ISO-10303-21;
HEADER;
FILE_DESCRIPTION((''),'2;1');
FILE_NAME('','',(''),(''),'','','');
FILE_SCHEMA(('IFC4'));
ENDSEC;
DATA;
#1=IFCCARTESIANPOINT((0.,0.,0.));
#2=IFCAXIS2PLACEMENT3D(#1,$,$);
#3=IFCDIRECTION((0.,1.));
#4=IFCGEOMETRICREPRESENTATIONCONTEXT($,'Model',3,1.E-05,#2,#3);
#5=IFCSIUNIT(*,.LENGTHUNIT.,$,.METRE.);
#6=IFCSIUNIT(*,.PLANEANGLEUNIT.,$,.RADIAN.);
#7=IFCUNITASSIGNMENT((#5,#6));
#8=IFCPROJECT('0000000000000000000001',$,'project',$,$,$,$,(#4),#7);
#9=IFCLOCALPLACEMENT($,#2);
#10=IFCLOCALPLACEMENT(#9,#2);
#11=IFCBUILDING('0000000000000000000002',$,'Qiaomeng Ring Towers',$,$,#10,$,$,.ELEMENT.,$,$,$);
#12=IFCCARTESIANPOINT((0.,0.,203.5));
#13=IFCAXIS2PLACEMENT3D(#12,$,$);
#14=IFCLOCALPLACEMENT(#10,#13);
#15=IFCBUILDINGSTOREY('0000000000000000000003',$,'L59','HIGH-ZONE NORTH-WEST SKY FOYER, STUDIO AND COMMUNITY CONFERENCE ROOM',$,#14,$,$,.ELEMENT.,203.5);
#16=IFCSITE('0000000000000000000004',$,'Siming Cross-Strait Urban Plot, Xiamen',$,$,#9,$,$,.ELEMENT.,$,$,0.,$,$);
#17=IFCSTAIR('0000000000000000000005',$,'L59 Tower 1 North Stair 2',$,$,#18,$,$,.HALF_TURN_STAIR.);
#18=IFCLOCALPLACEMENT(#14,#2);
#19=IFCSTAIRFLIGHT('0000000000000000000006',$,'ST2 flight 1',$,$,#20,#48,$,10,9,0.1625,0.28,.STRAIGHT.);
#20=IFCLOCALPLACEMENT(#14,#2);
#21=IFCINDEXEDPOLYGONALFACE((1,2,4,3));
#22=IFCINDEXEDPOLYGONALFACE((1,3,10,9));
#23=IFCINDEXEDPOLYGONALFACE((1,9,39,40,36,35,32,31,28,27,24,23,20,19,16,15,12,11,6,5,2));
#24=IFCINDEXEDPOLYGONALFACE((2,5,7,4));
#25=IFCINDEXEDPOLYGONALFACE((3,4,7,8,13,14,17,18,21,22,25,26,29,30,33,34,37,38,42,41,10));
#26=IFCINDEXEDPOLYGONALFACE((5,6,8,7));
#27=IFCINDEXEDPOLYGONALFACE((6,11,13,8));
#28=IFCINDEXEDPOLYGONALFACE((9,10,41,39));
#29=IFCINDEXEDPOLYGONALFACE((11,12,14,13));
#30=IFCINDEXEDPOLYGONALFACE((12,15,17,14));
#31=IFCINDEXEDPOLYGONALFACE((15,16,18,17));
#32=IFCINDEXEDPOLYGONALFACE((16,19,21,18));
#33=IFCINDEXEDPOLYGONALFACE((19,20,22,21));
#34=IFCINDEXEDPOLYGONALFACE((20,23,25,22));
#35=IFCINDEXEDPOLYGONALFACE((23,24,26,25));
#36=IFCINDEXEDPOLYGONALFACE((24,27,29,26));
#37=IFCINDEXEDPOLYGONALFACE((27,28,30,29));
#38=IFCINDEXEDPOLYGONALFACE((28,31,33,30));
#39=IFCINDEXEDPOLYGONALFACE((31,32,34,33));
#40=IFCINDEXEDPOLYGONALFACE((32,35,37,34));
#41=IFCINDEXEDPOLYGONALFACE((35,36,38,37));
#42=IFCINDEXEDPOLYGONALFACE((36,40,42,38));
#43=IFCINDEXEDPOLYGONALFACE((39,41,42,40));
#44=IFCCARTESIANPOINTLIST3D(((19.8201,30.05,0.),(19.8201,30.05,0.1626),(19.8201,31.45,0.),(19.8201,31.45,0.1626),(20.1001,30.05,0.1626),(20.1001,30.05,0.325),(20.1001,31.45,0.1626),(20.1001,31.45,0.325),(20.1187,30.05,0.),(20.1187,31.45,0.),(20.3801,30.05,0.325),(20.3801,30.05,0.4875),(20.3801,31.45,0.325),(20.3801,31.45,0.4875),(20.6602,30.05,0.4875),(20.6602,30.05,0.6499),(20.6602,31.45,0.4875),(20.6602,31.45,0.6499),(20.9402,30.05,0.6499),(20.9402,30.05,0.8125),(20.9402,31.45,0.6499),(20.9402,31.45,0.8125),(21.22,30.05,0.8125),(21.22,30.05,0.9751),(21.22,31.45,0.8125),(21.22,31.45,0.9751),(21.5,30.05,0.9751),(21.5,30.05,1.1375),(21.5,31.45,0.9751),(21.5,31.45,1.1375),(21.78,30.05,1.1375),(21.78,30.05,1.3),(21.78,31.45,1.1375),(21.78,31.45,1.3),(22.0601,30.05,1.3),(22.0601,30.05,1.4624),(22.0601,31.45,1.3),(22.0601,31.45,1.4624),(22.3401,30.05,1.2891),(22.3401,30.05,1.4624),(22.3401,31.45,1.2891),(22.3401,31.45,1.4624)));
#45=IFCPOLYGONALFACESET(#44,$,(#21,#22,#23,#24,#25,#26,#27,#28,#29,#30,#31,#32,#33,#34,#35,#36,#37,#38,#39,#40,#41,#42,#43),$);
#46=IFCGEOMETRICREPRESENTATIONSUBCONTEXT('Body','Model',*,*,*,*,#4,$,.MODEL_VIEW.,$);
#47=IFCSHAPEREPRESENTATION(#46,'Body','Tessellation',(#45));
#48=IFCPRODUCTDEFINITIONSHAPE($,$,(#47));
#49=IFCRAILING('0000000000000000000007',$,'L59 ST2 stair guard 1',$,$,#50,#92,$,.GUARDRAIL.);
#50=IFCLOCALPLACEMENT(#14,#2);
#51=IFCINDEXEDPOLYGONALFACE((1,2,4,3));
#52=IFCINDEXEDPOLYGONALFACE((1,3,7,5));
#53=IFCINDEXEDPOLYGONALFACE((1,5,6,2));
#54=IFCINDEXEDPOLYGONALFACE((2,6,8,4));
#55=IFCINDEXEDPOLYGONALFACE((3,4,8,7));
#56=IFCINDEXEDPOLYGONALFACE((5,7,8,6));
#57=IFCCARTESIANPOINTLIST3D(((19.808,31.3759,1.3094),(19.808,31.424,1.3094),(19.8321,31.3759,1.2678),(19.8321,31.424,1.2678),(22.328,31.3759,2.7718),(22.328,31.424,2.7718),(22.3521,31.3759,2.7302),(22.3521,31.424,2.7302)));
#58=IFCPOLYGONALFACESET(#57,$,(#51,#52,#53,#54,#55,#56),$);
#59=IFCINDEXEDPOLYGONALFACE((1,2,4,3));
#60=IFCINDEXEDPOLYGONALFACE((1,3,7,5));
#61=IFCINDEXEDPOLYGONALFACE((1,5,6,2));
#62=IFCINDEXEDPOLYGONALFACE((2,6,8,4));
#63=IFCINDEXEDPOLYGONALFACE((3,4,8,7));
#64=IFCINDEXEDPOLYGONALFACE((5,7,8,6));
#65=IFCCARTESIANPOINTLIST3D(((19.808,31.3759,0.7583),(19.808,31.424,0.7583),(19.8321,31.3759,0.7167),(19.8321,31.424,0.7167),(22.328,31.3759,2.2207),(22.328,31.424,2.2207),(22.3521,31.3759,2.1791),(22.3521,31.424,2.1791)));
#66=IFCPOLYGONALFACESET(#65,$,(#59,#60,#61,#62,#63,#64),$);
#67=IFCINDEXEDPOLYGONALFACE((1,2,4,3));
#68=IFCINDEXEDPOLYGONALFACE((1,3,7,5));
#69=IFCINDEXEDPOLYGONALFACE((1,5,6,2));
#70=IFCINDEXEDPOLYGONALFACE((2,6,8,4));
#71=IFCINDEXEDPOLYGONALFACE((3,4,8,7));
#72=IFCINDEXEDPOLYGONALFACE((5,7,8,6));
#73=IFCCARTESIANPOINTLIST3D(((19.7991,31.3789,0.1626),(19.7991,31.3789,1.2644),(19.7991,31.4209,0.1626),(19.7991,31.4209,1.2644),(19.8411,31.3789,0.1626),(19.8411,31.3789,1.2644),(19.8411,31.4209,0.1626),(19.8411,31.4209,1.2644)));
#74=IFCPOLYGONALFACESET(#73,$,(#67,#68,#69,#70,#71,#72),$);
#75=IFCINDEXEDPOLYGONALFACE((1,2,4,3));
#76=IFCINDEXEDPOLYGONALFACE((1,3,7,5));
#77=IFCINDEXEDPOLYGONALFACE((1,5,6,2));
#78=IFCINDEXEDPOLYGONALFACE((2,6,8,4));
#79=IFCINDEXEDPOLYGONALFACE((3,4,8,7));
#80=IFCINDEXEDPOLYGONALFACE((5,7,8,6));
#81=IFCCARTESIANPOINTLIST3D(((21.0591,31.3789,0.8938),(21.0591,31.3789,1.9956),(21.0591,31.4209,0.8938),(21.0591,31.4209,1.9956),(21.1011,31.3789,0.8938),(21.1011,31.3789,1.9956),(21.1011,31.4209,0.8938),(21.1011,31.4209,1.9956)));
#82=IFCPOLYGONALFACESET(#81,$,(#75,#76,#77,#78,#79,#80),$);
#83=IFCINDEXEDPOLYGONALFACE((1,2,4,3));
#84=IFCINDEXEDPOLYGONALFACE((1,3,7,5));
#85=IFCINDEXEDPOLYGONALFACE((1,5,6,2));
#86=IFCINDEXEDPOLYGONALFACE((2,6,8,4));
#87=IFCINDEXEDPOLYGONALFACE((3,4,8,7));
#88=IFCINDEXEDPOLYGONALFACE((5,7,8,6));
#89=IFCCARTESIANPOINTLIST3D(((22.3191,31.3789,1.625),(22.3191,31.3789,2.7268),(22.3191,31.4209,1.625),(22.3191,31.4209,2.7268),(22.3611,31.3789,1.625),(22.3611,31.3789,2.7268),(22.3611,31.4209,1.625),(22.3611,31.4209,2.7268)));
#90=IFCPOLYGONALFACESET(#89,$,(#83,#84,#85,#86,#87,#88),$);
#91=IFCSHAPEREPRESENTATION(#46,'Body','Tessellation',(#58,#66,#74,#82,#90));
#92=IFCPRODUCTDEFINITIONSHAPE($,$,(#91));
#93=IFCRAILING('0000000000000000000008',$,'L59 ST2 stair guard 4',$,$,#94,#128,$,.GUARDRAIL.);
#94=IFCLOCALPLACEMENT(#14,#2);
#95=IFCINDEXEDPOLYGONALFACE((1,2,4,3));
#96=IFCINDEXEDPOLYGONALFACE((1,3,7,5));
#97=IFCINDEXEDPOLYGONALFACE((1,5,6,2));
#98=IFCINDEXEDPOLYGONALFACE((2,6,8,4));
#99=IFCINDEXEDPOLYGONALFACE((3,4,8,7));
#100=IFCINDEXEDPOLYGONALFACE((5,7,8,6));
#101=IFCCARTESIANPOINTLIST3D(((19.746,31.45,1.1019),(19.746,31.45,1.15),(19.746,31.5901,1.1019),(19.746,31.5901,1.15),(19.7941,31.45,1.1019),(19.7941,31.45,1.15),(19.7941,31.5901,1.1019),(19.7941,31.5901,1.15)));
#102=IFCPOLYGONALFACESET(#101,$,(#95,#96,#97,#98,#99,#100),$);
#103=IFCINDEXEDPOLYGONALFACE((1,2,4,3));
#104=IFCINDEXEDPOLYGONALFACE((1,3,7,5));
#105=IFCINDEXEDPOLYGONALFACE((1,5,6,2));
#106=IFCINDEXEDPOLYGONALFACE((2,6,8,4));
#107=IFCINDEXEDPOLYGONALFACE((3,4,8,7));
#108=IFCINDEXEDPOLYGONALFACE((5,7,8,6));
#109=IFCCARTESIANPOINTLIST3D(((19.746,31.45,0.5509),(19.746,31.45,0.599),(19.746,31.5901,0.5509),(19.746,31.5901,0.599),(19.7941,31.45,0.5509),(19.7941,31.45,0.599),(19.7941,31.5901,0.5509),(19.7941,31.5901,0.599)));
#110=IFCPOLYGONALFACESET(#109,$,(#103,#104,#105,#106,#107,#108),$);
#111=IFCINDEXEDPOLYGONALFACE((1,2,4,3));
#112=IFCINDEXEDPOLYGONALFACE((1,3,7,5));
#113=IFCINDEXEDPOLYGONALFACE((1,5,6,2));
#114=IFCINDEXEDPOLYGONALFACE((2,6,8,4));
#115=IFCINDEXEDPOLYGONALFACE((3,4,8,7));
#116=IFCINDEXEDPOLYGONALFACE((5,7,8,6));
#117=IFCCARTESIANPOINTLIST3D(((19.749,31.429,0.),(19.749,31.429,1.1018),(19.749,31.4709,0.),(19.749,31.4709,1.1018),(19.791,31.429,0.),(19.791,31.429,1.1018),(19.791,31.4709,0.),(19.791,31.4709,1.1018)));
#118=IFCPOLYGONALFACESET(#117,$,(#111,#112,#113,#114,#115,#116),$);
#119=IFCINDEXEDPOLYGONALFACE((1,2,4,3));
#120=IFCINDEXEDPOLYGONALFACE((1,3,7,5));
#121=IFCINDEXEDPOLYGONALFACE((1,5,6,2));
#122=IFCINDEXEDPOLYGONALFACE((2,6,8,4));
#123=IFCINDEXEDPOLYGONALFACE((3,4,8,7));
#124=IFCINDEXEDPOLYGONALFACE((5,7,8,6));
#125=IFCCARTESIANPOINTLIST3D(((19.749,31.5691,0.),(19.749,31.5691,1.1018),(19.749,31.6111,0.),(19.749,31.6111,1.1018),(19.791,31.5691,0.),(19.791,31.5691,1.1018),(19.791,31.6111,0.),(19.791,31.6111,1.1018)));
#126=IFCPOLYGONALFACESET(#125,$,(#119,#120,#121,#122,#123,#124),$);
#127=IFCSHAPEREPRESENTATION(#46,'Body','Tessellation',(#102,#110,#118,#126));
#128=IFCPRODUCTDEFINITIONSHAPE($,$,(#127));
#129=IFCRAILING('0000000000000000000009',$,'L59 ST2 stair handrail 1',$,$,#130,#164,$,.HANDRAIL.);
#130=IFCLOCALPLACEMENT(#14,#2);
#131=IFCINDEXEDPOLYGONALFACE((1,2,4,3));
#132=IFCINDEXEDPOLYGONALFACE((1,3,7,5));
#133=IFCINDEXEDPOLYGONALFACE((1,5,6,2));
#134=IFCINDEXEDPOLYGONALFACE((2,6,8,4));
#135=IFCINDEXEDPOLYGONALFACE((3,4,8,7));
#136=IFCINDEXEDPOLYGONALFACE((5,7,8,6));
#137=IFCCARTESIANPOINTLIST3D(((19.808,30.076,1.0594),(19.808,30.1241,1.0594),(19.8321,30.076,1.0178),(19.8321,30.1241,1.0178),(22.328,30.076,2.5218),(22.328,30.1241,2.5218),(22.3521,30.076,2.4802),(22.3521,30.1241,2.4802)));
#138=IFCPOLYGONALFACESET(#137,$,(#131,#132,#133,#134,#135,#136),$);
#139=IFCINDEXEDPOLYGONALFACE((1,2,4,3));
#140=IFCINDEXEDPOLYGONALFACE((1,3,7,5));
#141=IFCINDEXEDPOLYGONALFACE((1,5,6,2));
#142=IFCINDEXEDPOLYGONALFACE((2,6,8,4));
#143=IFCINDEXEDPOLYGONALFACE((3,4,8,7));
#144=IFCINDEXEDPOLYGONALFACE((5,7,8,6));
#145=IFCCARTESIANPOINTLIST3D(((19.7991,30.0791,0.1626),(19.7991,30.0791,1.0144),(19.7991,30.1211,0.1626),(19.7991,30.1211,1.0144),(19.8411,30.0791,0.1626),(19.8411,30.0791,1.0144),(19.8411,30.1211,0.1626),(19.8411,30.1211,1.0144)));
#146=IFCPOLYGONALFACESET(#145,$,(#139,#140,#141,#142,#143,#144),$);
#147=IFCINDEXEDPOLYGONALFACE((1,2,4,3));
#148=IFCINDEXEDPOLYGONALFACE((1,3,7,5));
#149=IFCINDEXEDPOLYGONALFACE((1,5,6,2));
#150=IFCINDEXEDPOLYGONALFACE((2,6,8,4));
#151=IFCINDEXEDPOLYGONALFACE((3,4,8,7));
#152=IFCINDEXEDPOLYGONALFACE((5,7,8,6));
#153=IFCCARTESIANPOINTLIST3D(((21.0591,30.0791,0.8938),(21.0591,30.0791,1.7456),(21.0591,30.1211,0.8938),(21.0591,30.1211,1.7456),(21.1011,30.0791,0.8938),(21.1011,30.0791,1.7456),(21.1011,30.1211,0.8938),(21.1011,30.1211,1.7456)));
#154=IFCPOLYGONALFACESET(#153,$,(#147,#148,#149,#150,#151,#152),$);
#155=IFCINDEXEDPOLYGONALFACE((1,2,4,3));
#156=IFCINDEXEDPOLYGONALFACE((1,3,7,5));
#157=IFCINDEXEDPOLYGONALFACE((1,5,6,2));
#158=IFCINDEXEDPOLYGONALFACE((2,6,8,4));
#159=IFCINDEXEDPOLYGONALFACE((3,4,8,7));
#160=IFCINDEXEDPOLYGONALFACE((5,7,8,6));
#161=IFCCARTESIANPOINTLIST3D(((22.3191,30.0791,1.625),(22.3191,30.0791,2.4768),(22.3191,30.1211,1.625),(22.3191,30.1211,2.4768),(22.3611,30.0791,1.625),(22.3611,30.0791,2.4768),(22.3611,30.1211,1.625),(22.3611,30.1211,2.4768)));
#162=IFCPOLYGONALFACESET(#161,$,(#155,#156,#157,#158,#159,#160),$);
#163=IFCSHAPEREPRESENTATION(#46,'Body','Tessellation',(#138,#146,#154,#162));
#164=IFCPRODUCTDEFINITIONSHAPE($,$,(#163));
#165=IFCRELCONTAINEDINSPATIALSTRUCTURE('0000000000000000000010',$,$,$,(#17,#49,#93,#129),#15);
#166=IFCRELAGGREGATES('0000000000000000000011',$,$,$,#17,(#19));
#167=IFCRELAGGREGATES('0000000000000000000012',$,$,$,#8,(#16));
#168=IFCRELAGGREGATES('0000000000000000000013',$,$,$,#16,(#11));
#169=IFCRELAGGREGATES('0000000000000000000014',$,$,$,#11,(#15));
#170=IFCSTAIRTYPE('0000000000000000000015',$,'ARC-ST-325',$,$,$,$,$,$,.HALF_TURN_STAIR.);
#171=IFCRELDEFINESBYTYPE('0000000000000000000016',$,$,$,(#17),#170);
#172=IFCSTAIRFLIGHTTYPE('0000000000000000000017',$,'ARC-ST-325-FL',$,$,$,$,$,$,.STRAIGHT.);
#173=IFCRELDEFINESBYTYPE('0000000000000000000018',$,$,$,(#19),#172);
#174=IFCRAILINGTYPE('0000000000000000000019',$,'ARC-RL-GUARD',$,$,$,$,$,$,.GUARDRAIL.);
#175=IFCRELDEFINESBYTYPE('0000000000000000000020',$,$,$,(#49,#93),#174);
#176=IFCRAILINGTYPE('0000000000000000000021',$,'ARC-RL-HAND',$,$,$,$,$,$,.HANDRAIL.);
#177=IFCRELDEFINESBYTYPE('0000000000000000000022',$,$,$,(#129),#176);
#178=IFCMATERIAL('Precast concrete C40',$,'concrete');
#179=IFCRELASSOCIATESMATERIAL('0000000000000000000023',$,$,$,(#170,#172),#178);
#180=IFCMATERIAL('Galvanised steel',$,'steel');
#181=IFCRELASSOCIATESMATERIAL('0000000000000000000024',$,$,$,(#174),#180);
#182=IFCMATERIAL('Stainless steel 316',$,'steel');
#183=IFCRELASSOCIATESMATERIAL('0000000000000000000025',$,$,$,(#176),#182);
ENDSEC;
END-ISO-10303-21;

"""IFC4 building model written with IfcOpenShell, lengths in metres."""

from ifc_helpers import new_model, si_unit, direction, frame, origin, origin_2d, place, context, subcontext, project, spatial, polyline, rectangle, outline, extrude, source, transform, mapped, material, type_object, element, aggregate, save


model = new_model("IFC4")

# Units and contexts
model_context = context("Model", 3, precision=1e-05, world=origin(), true_north=direction((0.0, 1.0)))
body_context = subcontext(model_context, "Body", "Model", "MODEL_VIEW")
ifc_project = project(units=[si_unit("LENGTHUNIT", "METRE"), si_unit("PLANEANGLEUNIT", "RADIAN")], contexts=[model_context])

# Site, building, storey
site_placement = place(None, origin())
site = spatial("IfcSite", under=ifc_project, at=site_placement, Name="Siming Cross-Strait Urban Plot, Xiamen", CompositionType="ELEMENT", RefElevation=0.0)
building_placement = place(site_placement, origin())
building = spatial("IfcBuilding", under=site, at=building_placement, Name="Qiaomeng Ring Towers", CompositionType="ELEMENT")
storey_placement = place(building_placement, frame((0.0, 0.0, 203.5)))
storey = spatial("IfcBuildingStorey", under=building, at=storey_placement, Name="L59", Description="HIGH-ZONE NORTH-WEST SKY FOYER, STUDIO AND COMMUNITY CONFERENCE ROOM", CompositionType="ELEMENT", Elevation=203.5)

# Stair, stair flight
ifc_material_1 = material(Name="Precast concrete C40", Category="concrete")
stair_type = type_object("IfcStairType", Name="ARC-ST-325", PredefinedType="HALF_TURN_STAIR", material=ifc_material_1)
stair_placement = place(storey_placement, origin())
stair = element("IfcStair", 1, at=stair_placement, inside=storey, type_object=stair_type, Name="L59 Tower 1 North Stair 2", PredefinedType="HALF_TURN_STAIR")
stair_flight_type = type_object("IfcStairFlightType", Name="ARC-ST-325-FL", PredefinedType="STRAIGHT", material=ifc_material_1)
shared_shape_1 = source(origin(), body_context, "Body", "SweptSolid", [
    extrude(outline(polyline([(0.0, 0.0), (0.0, 0.1626), (0.28, 0.1626), (0.28, 0.325), (0.5601, 0.325), (0.5601, 0.4875), (0.8401, 0.4875), (0.8401, 0.6499), (1.1201, 0.6499), (1.1201, 0.8125), (1.3999, 0.8125), (1.3999, 0.9751), (1.6799, 0.9751), (1.6799, 1.1375), (1.96, 1.1375), (1.96, 1.3), (2.24, 1.3), (2.24, 1.4624), (2.52, 1.4624), (2.52, 1.625), (2.52, 1.2891), (0.2986, 0.0), (0.0, 0.0)])), frame((0.0, 0.7, 0.0), z_axis=(0.0, -1.0, 0.0), x_axis=(1.0, 0.0, 0.0)), (0.0, 0.0, 1.0), 1.3999),
])
stair_flight_placement = place(storey_placement, frame((19.8201, 30.75, 0.0), z_axis=(0.0, 0.0, 1.0), x_axis=(1.0, 0.0, 0.0)))
stair_flight = element("IfcStairFlight", 2, at=stair_flight_placement, type_object=stair_flight_type, Name="ST2 flight 1", NumberOfRisers=10, NumberOfTreads=9, PredefinedType="STRAIGHT", RiserHeight=0.1625, TreadLength=0.28, context=body_context, shape_type="MappedRepresentation", body=[
    mapped(shared_shape_1, transform((0.0, 0.0, 0.0), x_axis=(1.0, 0.0, 0.0), y_axis=(0.0, 1.0, 0.0), z_axis=(0.0, 0.0, 1.0), scale=1.0)),
])
aggregate(stair, [stair_flight])

# Railings
ifc_material_2 = material(Name="Galvanised steel", Category="steel")
railing_type_1 = type_object("IfcRailingType", Name="ARC-RL-GUARD", PredefinedType="GUARDRAIL", material=ifc_material_2)
railing_1_placement = place(storey_placement, frame((19.8201, 31.3999, 0.1626)))
element("IfcRailing", 3, at=railing_1_placement, inside=storey, type_object=railing_type_1, Name="L59 ST2 stair guard 1", PredefinedType="GUARDRAIL", context=body_context, shape_type="SweptSolid", body=[
    extrude(rectangle(XDim=0.0481, YDim=0.0481, at=origin_2d()), frame((0.0, 0.0, 1.126), z_axis=(0.864913, 0.0, 0.501921), x_axis=(0.0, 1.0, 0.0)), (0.0, 0.0, 1.0), 2.9136),
    extrude(rectangle(XDim=0.0481, YDim=0.0481, at=origin_2d()), frame((0.0, 0.0, 0.575), z_axis=(0.864913, 0.0, 0.501921), x_axis=(0.0, 1.0, 0.0)), (0.0, 0.0, 1.0), 2.9136),
    extrude(rectangle(XDim=0.042, YDim=0.042, at=origin_2d()), origin(), (0.0, 0.0, 1.0), 1.1018),
    extrude(rectangle(XDim=0.042, YDim=0.042, at=origin_2d()), frame((1.26, 0.0, 0.7312)), (0.0, 0.0, 1.0), 1.1018),
    extrude(rectangle(XDim=0.042, YDim=0.042, at=origin_2d()), frame((2.52, 0.0, 1.4624)), (0.0, 0.0, 1.0), 1.1018),
])
railing_2_placement = place(storey_placement, frame((19.77, 31.45, 0.0)))
element("IfcRailing", 4, at=railing_2_placement, inside=storey, type_object=railing_type_1, Name="L59 ST2 stair guard 4", PredefinedType="GUARDRAIL", context=body_context, shape_type="SweptSolid", body=[
    extrude(rectangle(XDim=0.0481, YDim=0.0481, at=origin_2d()), frame((0.0, 0.0, 1.126), z_axis=(0.0, 1.0, 0.0), x_axis=(-1.0, 0.0, 0.0)), (0.0, 0.0, 1.0), 0.1401),
    extrude(rectangle(XDim=0.0481, YDim=0.0481, at=origin_2d()), frame((0.0, 0.0, 0.575), z_axis=(0.0, 1.0, 0.0), x_axis=(-1.0, 0.0, 0.0)), (0.0, 0.0, 1.0), 0.1401),
    extrude(rectangle(XDim=0.042, YDim=0.042, at=origin_2d()), origin(), (0.0, 0.0, 1.0), 1.1018),
    extrude(rectangle(XDim=0.042, YDim=0.042, at=origin_2d()), frame((0.0, 0.1401, 0.0)), (0.0, 0.0, 1.0), 1.1018),
])
ifc_material_3 = material(Name="Stainless steel 316", Category="steel")
railing_type_2 = type_object("IfcRailingType", Name="ARC-RL-HAND", PredefinedType="HANDRAIL", material=ifc_material_3)
railing_3_placement = place(storey_placement, frame((19.8201, 30.1001, 0.1626)))
element("IfcRailing", 5, at=railing_3_placement, inside=storey, type_object=railing_type_2, Name="L59 ST2 stair handrail 1", PredefinedType="HANDRAIL", context=body_context, shape_type="SweptSolid", body=[
    extrude(rectangle(XDim=0.0481, YDim=0.0481, at=origin_2d()), frame((0.0, 0.0, 0.876), z_axis=(0.864913, 0.0, 0.501921), x_axis=(0.0, 1.0, 0.0)), (0.0, 0.0, 1.0), 2.9136),
    extrude(rectangle(XDim=0.042, YDim=0.042, at=origin_2d()), origin(), (0.0, 0.0, 1.0), 0.8518),
    extrude(rectangle(XDim=0.042, YDim=0.042, at=origin_2d()), frame((1.26, 0.0, 0.7312)), (0.0, 0.0, 1.0), 0.8518),
    extrude(rectangle(XDim=0.042, YDim=0.042, at=origin_2d()), frame((2.52, 0.0, 1.4624)), (0.0, 0.0, 1.0), 0.8518),
])

save(model, "model.ifc")
